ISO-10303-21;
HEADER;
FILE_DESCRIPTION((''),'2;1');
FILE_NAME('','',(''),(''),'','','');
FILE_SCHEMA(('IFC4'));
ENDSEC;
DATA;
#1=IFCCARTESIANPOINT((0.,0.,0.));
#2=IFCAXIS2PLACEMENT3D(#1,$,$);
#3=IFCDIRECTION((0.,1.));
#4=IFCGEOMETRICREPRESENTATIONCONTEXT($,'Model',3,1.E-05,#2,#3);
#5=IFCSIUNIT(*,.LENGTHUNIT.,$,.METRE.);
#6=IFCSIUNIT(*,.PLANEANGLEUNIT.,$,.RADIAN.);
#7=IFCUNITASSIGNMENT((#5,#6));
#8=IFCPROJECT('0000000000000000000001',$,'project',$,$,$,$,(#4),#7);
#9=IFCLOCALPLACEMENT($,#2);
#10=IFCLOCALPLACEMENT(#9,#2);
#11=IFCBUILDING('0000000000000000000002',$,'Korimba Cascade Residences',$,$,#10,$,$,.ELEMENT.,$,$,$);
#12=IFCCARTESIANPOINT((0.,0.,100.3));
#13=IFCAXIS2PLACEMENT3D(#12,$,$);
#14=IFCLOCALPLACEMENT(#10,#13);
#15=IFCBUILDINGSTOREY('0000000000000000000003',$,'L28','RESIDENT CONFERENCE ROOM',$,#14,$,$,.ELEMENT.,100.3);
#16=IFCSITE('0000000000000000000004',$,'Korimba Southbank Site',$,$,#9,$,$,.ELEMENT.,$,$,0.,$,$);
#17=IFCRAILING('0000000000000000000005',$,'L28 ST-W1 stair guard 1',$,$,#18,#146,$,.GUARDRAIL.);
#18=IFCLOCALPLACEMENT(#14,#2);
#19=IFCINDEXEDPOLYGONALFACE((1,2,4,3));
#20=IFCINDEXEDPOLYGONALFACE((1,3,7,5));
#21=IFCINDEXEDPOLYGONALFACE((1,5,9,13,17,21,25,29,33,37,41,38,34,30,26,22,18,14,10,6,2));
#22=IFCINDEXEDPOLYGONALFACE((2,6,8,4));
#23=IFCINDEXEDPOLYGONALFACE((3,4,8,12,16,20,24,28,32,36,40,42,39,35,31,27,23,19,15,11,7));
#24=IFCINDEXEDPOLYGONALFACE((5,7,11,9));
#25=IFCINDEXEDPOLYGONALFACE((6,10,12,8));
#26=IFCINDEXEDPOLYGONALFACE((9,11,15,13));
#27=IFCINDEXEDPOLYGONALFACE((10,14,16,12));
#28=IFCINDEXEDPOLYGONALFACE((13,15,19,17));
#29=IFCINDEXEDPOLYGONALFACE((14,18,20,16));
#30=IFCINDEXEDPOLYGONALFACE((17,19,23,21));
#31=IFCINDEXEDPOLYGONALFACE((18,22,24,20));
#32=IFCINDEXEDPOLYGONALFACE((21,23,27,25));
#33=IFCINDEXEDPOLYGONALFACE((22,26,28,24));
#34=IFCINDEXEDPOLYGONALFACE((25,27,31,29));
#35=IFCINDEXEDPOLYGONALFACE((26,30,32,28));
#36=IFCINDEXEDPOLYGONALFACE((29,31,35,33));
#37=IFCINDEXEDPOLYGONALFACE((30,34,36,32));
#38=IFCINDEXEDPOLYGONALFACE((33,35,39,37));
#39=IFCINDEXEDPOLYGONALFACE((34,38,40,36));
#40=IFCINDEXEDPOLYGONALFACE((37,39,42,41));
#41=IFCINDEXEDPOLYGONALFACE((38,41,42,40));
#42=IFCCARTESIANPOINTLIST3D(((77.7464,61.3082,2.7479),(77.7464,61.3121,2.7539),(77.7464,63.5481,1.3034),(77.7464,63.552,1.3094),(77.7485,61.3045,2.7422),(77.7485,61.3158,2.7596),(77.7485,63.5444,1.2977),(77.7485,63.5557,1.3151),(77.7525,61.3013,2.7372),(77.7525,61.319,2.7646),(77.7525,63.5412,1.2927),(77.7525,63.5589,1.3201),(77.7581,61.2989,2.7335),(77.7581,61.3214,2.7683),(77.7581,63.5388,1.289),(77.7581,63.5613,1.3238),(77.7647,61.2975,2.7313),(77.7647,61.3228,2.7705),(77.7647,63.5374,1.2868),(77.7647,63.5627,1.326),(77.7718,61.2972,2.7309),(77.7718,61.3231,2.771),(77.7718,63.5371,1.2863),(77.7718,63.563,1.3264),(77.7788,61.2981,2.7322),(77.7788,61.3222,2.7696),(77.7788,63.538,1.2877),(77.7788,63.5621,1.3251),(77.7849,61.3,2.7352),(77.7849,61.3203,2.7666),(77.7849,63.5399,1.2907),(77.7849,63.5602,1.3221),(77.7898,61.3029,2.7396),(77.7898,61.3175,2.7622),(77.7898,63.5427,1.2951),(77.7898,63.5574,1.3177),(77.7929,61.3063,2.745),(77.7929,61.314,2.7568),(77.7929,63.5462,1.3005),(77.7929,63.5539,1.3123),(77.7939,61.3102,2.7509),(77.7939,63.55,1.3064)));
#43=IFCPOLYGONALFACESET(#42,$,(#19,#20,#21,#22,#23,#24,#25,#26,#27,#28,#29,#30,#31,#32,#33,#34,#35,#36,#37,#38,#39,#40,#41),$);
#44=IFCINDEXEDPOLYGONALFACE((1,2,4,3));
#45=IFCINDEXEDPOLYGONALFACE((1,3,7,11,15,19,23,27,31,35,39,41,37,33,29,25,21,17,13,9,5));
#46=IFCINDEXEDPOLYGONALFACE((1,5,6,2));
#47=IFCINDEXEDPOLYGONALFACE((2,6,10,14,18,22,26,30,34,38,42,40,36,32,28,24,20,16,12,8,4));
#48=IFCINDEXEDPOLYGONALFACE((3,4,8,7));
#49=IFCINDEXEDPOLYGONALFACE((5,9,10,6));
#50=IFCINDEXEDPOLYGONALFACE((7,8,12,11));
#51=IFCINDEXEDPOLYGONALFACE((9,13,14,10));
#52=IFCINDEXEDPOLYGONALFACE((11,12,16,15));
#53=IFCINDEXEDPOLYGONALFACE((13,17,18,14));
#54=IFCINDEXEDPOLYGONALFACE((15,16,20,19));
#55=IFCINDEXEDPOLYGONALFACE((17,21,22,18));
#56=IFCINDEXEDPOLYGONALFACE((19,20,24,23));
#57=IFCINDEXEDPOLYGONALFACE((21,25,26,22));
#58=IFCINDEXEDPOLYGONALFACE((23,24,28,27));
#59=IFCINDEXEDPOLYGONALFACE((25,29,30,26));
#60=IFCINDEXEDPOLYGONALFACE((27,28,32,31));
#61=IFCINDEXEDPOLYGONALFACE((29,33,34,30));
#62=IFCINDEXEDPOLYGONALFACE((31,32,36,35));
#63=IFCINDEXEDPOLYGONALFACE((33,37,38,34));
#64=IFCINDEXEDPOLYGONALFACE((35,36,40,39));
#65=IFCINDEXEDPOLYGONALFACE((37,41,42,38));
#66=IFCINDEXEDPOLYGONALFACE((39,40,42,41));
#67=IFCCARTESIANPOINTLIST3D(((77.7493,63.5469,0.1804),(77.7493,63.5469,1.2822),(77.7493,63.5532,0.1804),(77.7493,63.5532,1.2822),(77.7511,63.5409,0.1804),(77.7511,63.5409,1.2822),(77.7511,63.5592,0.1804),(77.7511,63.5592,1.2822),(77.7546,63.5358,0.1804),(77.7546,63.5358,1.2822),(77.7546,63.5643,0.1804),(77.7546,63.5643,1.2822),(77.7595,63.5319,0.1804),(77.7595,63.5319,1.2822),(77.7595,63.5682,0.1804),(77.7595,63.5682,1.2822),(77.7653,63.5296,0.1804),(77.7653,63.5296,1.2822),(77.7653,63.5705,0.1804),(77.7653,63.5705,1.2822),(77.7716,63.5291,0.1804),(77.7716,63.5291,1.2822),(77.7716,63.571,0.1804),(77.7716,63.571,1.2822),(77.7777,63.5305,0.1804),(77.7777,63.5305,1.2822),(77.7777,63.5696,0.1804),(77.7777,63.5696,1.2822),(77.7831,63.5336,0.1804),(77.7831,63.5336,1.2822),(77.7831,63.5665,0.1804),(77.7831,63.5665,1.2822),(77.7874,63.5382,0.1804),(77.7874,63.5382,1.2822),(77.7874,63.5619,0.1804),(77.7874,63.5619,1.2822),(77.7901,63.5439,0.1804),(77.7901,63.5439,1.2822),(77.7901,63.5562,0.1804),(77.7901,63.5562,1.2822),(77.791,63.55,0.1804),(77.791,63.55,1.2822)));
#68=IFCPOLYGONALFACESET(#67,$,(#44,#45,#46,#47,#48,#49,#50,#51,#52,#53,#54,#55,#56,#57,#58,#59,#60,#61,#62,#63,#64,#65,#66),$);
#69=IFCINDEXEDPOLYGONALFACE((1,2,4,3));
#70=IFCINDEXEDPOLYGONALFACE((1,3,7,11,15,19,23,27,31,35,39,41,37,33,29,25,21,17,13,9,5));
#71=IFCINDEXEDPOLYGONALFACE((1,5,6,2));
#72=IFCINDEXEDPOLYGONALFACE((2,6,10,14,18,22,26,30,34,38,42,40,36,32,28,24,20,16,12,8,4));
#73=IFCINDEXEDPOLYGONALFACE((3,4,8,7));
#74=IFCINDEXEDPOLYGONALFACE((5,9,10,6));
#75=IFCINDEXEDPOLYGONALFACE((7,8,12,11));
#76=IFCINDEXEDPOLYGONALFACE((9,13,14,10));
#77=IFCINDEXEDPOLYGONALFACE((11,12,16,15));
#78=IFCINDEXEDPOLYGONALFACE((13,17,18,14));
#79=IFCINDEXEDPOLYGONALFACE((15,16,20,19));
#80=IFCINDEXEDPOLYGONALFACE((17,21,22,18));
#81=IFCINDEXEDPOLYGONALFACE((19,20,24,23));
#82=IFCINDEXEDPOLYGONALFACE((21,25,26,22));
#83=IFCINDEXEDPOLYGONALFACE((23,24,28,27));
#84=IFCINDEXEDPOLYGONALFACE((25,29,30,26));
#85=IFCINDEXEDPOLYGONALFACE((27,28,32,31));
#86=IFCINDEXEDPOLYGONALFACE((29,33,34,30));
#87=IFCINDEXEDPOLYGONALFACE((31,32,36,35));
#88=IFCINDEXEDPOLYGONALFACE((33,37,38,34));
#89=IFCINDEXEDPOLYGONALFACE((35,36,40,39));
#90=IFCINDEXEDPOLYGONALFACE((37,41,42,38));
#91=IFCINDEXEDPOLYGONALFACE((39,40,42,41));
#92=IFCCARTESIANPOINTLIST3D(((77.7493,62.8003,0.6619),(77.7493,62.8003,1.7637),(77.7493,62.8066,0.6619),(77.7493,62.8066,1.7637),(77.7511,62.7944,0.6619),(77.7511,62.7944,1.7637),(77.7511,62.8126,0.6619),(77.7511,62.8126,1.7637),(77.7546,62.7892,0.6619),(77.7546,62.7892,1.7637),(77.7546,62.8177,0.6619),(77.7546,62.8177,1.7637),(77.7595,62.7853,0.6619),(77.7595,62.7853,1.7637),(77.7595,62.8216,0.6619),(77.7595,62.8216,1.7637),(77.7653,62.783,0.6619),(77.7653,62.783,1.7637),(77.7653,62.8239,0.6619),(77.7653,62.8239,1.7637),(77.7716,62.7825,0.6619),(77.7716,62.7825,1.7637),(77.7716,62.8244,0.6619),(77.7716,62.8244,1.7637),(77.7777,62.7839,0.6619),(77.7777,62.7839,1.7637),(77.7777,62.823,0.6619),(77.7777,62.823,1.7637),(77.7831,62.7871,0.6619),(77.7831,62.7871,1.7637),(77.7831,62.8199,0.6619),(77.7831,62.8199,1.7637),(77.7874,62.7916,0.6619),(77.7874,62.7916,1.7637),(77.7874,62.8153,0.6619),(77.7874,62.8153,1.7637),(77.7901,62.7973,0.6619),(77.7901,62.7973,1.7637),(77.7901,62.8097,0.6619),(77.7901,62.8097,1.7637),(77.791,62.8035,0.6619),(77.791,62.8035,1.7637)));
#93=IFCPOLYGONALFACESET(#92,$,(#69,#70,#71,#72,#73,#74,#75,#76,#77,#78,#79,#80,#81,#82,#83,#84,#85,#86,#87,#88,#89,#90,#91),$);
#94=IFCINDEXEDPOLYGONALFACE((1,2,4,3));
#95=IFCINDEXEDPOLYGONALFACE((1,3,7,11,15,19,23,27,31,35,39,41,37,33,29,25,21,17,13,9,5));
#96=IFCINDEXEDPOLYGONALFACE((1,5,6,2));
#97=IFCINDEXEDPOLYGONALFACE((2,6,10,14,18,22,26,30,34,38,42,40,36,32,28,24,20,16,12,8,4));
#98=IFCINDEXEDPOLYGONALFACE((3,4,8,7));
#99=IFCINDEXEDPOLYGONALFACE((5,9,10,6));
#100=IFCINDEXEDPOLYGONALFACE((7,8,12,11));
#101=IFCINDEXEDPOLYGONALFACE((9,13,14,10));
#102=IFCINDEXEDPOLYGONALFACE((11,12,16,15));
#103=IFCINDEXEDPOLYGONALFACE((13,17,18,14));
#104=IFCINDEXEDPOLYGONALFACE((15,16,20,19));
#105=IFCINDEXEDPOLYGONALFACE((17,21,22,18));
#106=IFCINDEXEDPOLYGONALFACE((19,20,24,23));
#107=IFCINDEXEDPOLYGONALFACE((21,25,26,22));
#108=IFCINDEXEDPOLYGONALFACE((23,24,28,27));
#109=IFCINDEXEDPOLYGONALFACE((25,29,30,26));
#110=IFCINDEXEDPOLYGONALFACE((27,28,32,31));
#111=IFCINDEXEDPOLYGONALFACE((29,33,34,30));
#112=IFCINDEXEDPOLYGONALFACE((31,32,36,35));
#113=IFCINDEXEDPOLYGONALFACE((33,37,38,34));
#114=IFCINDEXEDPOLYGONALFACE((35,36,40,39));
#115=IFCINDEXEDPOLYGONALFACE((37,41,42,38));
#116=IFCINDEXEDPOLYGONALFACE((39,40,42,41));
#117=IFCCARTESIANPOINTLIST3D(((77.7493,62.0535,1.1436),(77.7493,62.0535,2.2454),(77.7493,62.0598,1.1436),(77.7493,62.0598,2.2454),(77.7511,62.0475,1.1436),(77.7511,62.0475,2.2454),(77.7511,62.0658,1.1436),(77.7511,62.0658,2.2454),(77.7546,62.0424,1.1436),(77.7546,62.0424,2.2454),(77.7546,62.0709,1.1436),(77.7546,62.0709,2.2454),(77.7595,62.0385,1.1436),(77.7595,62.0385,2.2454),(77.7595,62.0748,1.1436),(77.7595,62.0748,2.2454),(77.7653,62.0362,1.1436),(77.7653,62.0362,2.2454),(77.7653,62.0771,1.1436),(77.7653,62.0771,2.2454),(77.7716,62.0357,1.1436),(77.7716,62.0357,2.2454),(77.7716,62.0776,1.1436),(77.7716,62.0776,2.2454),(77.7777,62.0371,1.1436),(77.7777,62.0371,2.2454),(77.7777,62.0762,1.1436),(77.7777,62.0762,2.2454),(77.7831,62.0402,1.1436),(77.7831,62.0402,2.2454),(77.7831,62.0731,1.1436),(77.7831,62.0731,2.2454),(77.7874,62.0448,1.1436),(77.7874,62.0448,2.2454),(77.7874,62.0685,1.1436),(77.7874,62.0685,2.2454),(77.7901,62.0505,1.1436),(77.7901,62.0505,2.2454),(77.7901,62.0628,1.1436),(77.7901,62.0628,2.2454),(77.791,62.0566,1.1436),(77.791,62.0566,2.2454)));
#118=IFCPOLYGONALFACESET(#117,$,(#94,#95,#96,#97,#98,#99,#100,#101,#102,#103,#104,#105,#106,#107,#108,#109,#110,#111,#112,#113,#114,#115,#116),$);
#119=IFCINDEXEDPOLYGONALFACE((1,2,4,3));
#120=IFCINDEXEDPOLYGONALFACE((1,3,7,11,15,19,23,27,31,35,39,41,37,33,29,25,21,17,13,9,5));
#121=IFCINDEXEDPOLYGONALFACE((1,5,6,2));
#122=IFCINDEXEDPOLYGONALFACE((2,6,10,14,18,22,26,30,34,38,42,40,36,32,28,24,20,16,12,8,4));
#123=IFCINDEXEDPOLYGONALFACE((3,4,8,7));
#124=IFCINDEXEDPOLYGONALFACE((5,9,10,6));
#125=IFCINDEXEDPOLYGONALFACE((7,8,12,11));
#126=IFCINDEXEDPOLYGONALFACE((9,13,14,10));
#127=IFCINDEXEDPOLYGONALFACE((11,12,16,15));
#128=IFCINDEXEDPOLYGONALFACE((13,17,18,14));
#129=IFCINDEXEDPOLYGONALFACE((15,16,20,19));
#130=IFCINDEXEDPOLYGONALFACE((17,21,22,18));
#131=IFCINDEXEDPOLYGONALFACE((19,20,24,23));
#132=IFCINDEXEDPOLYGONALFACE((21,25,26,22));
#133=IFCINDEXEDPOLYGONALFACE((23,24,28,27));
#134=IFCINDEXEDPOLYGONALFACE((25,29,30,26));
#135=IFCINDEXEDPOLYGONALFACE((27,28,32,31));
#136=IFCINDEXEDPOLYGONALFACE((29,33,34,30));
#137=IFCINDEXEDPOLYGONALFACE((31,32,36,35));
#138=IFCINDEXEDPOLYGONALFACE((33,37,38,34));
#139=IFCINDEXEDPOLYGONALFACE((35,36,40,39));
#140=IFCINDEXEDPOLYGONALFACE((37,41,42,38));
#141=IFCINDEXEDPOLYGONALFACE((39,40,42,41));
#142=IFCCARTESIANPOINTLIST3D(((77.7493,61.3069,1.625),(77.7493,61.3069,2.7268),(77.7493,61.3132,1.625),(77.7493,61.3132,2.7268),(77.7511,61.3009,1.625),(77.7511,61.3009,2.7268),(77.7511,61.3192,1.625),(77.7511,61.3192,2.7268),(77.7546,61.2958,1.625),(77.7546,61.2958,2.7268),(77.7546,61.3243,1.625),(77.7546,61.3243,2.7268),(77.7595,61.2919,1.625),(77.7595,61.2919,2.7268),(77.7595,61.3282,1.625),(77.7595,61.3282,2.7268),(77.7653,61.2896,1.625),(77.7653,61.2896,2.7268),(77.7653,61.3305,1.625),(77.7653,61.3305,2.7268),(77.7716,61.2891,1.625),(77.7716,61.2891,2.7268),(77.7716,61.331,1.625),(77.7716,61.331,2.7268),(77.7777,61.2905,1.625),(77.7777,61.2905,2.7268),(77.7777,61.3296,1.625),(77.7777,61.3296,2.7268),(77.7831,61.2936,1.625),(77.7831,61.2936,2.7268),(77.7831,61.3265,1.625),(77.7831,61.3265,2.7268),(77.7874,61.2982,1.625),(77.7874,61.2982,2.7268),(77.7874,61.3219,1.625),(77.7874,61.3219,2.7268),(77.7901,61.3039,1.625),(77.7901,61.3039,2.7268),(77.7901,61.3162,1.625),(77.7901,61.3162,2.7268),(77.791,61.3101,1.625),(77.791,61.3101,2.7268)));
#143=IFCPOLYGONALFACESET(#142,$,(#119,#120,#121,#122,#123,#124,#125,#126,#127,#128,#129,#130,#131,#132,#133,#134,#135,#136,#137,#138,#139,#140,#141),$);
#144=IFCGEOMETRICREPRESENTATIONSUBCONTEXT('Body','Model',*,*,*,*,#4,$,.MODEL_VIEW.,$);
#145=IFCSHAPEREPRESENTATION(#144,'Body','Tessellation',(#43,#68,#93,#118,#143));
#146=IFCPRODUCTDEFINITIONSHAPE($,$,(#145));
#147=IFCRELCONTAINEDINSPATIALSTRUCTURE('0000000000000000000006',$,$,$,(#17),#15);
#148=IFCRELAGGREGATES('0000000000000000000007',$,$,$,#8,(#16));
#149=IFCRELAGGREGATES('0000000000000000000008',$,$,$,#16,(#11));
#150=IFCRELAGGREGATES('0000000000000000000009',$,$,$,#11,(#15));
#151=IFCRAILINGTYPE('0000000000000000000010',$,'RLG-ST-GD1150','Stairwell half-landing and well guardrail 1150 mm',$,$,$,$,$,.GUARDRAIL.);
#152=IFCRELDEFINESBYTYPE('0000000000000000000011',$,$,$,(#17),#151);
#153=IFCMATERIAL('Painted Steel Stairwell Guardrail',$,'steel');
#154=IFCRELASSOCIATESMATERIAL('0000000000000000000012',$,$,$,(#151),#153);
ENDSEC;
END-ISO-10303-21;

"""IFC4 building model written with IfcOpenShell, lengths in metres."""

from ifc_helpers import new_model, si_unit, direction, frame, origin, origin_2d, place, context, subcontext, project, spatial, circle, extrude, material, type_object, element, save


model = new_model("IFC4")

# Units and contexts
model_context = context("Model", 3, precision=1e-05, world=origin(), true_north=direction((0.0, 1.0)))
body_context = subcontext(model_context, "Body", "Model", "MODEL_VIEW")
ifc_project = project(units=[si_unit("LENGTHUNIT", "METRE"), si_unit("PLANEANGLEUNIT", "RADIAN")], contexts=[model_context])

# Site, building, storey
site_placement = place(None, origin())
site = spatial("IfcSite", under=ifc_project, at=site_placement, Name="Korimba Southbank Site", CompositionType="ELEMENT", RefElevation=0.0)
building_placement = place(site_placement, origin())
building = spatial("IfcBuilding", under=site, at=building_placement, Name="Korimba Cascade Residences", CompositionType="ELEMENT")
storey_placement = place(building_placement, frame((0.0, 0.0, 100.3)))
storey = spatial("IfcBuildingStorey", under=building, at=storey_placement, Name="L28", Description="RESIDENT CONFERENCE ROOM", CompositionType="ELEMENT", Elevation=100.3)

# Railing
ifc_material_1 = material(Name="Painted Steel Stairwell Guardrail", Category="steel")
railing_type_1 = type_object("IfcRailingType", Name="RLG-ST-GD1150", Description="Stairwell half-landing and well guardrail 1150 mm", PredefinedType="GUARDRAIL", material=ifc_material_1)
railing_1_placement = place(storey_placement, frame((77.77, 63.55, 0.1804)))
element("IfcRailing", 1, at=railing_1_placement, inside=storey, type_object=railing_type_1, Name="L28 ST-W1 stair guard 1", PredefinedType="GUARDRAIL", context=body_context, shape_type="SweptSolid", body=[
    extrude(circle(Radius=0.0239, at=origin_2d()), frame((0.0, 0.0, 1.126), z_axis=(0.0, -0.840395, 0.541975), x_axis=(1.0, 0.0, 0.0)), (0.0, 0.0, 1.0), 2.6653),
    extrude(circle(Radius=0.021, at=origin_2d()), origin(), (0.0, 0.0, 1.0), 1.1018),
    extrude(circle(Radius=0.021, at=origin_2d()), frame((0.0, -0.7466, 0.4814)), (0.0, 0.0, 1.0), 1.1018),
    extrude(circle(Radius=0.021, at=origin_2d()), frame((0.0, -1.4934, 0.9631)), (0.0, 0.0, 1.0), 1.1018),
    extrude(circle(Radius=0.021, at=origin_2d()), frame((0.0, -2.24, 1.4446)), (0.0, 0.0, 1.0), 1.1018),
])

save(model, "model.ifc")
